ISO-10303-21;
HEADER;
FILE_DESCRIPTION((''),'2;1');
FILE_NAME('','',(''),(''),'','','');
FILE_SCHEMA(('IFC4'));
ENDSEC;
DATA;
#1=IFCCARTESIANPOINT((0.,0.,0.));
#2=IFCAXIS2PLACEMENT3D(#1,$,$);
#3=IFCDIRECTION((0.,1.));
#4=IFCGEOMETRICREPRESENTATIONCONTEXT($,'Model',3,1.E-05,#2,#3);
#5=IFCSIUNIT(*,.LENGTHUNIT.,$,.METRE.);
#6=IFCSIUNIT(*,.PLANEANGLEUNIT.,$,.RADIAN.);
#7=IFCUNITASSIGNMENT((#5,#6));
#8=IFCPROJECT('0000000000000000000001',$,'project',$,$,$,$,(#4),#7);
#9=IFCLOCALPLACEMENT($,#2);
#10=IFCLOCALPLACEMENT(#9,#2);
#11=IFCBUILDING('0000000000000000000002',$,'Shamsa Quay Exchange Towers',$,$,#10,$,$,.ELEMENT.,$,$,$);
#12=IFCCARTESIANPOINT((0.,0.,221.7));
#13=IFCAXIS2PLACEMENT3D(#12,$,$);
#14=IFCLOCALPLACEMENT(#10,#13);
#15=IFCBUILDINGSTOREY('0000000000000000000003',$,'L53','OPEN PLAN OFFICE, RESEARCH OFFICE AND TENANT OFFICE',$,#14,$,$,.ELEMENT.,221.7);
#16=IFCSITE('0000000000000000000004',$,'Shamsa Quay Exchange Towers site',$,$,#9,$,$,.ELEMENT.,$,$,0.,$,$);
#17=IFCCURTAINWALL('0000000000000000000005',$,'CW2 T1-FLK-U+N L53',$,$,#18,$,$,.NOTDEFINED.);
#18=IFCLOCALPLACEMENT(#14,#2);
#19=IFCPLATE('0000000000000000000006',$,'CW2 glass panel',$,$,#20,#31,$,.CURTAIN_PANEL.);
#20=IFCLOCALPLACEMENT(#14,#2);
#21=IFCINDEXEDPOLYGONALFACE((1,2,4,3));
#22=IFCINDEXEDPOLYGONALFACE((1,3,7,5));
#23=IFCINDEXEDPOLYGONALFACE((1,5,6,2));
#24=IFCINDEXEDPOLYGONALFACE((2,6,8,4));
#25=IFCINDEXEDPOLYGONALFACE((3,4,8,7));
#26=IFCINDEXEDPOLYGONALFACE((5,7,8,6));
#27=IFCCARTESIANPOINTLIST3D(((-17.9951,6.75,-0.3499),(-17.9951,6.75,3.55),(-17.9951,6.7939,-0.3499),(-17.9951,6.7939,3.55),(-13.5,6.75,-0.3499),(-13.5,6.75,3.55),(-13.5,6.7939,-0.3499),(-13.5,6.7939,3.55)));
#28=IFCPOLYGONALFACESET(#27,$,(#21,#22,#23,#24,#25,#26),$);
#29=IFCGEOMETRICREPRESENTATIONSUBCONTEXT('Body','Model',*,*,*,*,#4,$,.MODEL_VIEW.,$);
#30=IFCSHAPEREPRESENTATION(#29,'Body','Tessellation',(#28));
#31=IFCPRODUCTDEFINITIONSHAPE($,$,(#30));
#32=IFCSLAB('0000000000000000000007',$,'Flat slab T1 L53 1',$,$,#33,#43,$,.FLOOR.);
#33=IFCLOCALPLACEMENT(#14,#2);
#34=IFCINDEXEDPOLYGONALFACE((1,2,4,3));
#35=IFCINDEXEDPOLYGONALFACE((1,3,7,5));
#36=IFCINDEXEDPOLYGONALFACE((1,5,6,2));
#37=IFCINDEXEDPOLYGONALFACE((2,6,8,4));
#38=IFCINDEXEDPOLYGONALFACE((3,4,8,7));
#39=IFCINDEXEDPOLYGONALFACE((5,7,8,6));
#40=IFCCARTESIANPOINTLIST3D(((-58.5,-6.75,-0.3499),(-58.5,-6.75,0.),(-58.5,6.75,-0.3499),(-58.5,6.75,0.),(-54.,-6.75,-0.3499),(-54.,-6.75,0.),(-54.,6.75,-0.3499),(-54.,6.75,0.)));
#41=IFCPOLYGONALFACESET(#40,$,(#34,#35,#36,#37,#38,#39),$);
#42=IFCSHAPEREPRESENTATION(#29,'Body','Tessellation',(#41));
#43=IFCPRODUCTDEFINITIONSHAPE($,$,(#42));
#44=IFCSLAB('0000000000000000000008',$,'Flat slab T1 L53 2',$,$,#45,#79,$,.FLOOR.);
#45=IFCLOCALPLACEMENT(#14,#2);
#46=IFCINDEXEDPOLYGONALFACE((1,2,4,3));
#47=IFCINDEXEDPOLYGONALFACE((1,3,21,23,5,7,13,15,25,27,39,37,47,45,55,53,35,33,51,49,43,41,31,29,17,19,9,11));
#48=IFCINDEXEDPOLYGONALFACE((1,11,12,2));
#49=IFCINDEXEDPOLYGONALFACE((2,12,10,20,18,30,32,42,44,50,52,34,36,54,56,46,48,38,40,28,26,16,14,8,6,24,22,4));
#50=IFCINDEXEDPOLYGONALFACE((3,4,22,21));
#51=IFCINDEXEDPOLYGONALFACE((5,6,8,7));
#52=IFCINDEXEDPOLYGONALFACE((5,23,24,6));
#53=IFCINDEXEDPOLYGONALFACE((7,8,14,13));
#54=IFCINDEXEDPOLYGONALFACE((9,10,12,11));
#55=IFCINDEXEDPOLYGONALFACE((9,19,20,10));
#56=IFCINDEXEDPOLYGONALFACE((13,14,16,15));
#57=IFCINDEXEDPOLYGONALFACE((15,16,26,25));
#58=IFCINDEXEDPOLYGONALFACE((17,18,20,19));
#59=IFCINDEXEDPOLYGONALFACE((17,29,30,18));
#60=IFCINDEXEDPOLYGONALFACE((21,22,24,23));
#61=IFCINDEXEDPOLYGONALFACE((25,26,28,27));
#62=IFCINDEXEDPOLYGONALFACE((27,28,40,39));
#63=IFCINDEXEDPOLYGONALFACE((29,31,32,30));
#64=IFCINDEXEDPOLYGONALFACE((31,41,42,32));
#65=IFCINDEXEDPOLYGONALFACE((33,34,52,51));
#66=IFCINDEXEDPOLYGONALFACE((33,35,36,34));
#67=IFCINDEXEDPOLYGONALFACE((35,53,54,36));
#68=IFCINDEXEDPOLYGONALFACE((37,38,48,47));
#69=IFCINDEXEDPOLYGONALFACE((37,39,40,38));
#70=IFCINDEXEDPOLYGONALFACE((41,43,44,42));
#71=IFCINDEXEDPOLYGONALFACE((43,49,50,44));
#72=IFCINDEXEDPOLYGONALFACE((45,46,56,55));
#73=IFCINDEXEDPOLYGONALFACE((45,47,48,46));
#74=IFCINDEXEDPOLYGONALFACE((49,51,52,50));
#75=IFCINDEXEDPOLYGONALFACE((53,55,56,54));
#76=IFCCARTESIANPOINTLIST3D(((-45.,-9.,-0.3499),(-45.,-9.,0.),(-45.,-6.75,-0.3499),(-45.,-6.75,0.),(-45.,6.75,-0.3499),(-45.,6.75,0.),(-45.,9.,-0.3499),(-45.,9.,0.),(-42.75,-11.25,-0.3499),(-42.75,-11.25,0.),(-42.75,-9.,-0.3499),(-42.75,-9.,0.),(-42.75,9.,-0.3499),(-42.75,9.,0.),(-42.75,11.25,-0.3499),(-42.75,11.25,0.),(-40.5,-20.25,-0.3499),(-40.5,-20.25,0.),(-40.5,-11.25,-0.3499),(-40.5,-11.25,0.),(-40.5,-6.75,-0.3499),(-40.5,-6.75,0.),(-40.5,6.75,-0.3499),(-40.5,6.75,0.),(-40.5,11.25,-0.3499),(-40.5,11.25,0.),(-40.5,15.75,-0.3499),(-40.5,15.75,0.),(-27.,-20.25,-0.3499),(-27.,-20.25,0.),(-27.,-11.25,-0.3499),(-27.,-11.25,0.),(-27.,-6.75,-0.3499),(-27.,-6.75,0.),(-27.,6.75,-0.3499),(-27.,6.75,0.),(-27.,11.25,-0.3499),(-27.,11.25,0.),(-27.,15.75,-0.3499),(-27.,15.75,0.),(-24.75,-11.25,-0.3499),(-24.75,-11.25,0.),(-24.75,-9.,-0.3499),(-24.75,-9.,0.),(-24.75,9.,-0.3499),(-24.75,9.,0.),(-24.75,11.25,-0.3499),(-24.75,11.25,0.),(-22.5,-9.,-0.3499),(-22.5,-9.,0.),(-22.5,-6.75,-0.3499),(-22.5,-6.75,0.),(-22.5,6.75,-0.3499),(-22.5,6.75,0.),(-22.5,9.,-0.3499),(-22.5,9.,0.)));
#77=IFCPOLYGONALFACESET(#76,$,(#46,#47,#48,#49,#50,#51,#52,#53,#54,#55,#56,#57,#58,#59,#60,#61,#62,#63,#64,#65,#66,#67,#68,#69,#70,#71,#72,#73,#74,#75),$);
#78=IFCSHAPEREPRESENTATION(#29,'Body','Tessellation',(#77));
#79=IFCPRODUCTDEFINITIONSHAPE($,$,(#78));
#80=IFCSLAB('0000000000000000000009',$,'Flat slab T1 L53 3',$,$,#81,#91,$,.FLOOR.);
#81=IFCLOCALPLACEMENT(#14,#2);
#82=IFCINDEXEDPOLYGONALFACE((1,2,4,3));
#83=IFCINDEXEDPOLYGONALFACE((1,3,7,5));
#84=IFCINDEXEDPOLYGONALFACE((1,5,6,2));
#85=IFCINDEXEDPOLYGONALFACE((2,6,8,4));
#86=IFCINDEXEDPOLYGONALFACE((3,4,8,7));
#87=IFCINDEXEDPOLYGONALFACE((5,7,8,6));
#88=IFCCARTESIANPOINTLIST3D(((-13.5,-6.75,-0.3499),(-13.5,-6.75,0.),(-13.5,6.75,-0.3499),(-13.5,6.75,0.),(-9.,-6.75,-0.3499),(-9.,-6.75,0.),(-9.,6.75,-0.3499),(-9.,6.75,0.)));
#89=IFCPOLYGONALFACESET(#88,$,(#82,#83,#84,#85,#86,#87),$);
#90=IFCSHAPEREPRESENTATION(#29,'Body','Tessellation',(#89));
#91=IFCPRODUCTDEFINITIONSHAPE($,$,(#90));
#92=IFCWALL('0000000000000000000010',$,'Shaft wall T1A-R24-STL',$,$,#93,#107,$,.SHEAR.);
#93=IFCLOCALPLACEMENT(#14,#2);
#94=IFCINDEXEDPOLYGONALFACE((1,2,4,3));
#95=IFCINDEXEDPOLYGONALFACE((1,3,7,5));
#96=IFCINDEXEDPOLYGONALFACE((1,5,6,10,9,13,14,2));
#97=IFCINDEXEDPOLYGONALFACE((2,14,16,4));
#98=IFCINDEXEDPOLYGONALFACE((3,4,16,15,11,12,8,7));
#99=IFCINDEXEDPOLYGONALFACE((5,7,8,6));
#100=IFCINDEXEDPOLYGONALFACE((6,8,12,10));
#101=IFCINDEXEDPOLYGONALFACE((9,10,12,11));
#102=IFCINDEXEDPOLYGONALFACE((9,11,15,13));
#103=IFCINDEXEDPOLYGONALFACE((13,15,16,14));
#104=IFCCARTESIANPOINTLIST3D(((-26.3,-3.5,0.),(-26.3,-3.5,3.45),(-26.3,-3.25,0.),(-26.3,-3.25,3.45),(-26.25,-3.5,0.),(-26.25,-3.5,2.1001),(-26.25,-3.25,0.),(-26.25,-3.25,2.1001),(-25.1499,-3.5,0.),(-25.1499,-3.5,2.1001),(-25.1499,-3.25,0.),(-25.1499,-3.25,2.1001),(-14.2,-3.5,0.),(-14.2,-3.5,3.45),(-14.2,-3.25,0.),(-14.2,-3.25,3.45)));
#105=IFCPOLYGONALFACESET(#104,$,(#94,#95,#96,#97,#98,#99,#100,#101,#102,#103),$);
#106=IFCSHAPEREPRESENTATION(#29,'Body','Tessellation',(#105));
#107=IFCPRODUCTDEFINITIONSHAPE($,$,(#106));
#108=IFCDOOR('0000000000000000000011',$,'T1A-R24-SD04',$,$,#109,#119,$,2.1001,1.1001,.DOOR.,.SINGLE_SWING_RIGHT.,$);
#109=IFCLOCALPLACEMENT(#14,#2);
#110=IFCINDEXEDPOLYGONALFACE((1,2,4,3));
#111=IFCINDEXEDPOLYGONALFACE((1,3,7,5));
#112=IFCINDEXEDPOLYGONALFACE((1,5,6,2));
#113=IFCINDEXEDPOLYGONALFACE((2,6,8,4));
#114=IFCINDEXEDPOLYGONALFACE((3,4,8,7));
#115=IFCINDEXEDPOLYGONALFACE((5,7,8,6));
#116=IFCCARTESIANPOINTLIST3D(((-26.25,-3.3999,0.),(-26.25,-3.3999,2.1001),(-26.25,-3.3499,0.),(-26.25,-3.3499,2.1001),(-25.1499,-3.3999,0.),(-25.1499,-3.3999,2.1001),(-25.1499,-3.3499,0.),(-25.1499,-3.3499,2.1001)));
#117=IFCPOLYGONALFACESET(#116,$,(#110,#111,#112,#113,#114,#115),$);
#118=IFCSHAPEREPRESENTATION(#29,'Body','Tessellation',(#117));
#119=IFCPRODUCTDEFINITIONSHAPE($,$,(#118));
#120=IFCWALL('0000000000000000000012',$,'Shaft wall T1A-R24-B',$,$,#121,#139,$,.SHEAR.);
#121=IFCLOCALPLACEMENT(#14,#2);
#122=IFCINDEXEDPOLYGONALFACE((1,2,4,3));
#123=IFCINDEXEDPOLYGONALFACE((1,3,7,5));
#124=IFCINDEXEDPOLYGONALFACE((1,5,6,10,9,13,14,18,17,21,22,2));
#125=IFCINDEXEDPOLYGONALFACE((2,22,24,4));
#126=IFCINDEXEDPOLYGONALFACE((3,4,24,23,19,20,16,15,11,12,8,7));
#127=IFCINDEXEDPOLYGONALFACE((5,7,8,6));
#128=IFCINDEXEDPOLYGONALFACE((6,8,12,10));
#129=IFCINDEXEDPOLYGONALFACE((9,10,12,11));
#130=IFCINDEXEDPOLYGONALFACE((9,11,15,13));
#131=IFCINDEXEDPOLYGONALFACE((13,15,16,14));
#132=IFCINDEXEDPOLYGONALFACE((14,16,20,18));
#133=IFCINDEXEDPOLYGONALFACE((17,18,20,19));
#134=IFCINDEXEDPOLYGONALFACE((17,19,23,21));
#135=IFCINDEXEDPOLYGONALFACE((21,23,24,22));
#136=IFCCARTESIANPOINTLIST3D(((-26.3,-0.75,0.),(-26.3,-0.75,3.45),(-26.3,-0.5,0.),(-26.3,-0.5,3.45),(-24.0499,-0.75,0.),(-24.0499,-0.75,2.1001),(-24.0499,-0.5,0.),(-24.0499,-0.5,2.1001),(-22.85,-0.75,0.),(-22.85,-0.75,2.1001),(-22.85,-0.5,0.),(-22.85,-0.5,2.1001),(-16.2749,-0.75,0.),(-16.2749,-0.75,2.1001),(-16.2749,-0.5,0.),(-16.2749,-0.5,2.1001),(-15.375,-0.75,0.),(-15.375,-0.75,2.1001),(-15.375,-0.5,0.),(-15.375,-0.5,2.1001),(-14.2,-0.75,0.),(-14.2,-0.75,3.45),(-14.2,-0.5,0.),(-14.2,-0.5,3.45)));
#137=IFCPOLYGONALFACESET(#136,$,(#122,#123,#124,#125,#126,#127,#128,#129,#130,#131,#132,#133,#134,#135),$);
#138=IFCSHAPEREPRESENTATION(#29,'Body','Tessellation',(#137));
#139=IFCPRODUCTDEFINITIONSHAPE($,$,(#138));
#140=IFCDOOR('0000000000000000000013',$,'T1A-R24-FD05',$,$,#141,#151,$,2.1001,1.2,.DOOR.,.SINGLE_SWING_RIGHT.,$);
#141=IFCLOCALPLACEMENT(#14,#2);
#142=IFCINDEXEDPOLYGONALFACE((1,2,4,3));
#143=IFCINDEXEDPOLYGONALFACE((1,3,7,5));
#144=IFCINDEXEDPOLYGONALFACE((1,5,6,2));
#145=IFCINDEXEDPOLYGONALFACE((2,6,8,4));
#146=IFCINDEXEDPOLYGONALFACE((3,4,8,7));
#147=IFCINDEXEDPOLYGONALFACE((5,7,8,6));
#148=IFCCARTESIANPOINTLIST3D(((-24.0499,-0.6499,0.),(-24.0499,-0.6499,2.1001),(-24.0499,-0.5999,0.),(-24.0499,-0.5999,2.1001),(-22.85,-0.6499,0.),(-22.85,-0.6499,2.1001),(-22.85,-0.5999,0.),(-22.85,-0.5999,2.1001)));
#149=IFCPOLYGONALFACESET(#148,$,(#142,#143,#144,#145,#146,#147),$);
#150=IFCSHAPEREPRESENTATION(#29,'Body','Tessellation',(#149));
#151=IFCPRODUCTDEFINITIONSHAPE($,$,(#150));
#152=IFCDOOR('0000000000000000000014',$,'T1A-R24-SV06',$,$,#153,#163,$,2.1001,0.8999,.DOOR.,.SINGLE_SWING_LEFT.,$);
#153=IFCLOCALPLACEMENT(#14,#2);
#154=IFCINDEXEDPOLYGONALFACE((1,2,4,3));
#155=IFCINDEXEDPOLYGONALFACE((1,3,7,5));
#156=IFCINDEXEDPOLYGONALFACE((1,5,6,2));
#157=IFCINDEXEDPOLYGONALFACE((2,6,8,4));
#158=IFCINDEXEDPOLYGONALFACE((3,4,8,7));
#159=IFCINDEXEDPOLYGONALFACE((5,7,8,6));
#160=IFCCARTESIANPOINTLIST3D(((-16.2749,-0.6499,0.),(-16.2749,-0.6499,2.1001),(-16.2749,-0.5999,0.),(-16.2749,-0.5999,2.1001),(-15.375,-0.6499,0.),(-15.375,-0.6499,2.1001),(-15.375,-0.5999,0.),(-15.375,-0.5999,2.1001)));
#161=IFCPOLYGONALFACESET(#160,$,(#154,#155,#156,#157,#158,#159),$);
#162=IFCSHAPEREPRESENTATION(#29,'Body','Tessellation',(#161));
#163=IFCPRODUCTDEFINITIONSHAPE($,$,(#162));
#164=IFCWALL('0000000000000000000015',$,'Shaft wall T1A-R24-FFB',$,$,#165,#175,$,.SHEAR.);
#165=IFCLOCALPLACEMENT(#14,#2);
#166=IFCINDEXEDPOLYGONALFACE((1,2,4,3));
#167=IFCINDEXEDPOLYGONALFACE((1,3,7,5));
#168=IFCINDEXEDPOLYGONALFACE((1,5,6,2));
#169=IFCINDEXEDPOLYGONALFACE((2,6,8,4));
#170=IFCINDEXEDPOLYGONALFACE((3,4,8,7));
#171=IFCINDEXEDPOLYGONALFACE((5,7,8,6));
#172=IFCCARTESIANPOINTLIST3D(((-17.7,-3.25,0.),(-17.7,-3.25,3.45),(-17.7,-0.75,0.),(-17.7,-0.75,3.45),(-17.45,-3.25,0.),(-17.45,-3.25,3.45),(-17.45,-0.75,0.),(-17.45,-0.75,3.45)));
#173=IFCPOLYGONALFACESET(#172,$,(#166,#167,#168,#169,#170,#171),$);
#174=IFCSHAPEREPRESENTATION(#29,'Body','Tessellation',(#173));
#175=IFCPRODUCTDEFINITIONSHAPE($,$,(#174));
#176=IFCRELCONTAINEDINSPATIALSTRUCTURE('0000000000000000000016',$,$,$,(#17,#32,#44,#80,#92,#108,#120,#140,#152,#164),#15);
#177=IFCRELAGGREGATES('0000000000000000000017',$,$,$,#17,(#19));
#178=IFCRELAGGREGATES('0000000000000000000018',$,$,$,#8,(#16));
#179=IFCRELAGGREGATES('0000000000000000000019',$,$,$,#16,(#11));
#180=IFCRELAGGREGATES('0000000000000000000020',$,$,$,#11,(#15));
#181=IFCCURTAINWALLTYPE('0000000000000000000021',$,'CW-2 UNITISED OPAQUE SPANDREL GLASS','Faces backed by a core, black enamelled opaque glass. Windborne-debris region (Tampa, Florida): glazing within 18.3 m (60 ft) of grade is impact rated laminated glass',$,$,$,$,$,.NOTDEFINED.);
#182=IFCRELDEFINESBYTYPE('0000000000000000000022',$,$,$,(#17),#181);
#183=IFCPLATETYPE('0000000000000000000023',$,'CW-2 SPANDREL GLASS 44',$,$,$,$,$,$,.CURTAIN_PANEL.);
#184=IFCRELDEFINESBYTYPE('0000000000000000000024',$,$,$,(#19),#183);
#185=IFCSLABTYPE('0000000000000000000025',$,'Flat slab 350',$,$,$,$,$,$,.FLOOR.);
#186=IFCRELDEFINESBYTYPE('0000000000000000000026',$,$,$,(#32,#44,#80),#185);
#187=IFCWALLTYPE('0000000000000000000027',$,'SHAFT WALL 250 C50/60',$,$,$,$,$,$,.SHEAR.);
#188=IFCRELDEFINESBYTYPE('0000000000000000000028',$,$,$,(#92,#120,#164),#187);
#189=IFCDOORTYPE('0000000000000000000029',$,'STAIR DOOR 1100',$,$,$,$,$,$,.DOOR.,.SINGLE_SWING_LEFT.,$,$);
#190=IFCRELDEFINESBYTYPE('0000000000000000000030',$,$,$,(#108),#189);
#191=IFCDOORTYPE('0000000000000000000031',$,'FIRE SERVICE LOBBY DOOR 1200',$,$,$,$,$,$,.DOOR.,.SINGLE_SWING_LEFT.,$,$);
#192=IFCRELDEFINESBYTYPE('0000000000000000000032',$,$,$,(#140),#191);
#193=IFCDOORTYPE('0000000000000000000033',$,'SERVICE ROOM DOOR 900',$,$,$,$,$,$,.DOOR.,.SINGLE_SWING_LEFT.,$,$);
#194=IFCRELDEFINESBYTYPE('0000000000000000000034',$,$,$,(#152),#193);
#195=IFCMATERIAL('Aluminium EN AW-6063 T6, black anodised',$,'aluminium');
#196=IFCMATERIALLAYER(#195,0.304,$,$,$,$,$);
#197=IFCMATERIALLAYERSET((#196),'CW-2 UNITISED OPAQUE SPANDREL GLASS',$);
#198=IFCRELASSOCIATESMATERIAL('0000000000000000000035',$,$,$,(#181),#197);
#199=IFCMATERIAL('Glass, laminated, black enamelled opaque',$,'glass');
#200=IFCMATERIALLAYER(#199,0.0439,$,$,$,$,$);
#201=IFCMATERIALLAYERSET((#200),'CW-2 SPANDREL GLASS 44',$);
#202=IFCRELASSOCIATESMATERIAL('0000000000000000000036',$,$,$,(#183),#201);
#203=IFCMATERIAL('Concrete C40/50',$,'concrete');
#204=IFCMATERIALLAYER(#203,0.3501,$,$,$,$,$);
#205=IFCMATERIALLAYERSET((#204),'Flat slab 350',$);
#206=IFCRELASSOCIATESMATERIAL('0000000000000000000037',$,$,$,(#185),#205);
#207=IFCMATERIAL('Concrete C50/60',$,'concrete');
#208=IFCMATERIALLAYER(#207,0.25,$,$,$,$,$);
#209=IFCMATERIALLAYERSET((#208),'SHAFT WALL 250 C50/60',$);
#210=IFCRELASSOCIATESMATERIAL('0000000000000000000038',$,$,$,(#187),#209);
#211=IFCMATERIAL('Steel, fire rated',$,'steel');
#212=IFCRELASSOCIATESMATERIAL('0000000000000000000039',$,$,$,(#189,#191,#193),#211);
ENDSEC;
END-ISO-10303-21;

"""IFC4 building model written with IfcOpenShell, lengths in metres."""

from ifc_helpers import new_model, si_unit, direction, frame, frame_2d, origin, origin_2d, place, context, subcontext, project, spatial, polyline, rectangle, outline, extrude, material, layer, layer_set, type_object, element, fill, aggregate, save


model = new_model("IFC4")

# Units and contexts
model_context = context("Model", 3, precision=1e-05, world=origin(), true_north=direction((0.0, 1.0)))
body_context = subcontext(model_context, "Body", "Model", "MODEL_VIEW")
ifc_project = project(units=[si_unit("LENGTHUNIT", "METRE"), si_unit("PLANEANGLEUNIT", "RADIAN")], contexts=[model_context])

# Site, building, storey
site_placement = place(None, origin())
site = spatial("IfcSite", under=ifc_project, at=site_placement, Name="Shamsa Quay Exchange Towers site", CompositionType="ELEMENT", RefElevation=0.0)
building_placement = place(site_placement, origin())
building = spatial("IfcBuilding", under=site, at=building_placement, Name="Shamsa Quay Exchange Towers", CompositionType="ELEMENT")
storey_placement = place(building_placement, frame((0.0, 0.0, 221.7)))
storey = spatial("IfcBuildingStorey", under=building, at=storey_placement, Name="L53", Description="OPEN PLAN OFFICE, RESEARCH OFFICE AND TENANT OFFICE", CompositionType="ELEMENT", Elevation=221.7)

# Shared definitions
ifc_material_1 = material(Name="Aluminium EN AW-6063 T6, black anodised", Category="aluminium")

# Curtain wall, plate
ifc_layer_1 = layer(ifc_material_1, 0.304)
ifc_layer_set_1 = layer_set([ifc_layer_1], Name="CW-2 UNITISED OPAQUE SPANDREL GLASS")
curtain_wall_type_1 = type_object("IfcCurtainWallType", Name="CW-2 UNITISED OPAQUE SPANDREL GLASS", Description="Faces backed by a core, black enamelled opaque glass. Windborne-debris region (Tampa, Florida): glazing within 18.3 m (60 ft) of grade is impact rated laminated glass", PredefinedType="NOTDEFINED", material=ifc_layer_set_1)
ifc_material_2 = material(Name="Glass, laminated, black enamelled opaque", Category="glass")
ifc_layer_2 = layer(ifc_material_2, 0.0439)
ifc_layer_set_2 = layer_set([ifc_layer_2], Name="CW-2 SPANDREL GLASS 44")
plate_type_1 = type_object("IfcPlateType", Name="CW-2 SPANDREL GLASS 44", PredefinedType="CURTAIN_PANEL", material=ifc_layer_set_2)
curtain_wall_1_placement = place(storey_placement, origin())
curtain_wall_1 = element("IfcCurtainWall", 1, at=curtain_wall_1_placement, inside=storey, type_object=curtain_wall_type_1, Name="CW2 T1-FLK-U+N L53", PredefinedType="NOTDEFINED")
plate_1_placement = place(storey_placement, frame((-15.7476, 6.772, -0.3499), z_axis=(0.0, 0.0, 1.0), x_axis=(-1.0, 0.0, 0.0)))
plate_1 = element("IfcPlate", 2, at=plate_1_placement, type_object=plate_type_1, Name="CW2 glass panel", PredefinedType="CURTAIN_PANEL", context=body_context, shape_type="SweptSolid", body=[
    extrude(rectangle(XDim=4.4951, YDim=0.0439, at=origin_2d()), origin(), (0.0, 0.0, 1.0), 3.8999),
])
aggregate(curtain_wall_1, [plate_1])

# Slabs
ifc_material_3 = material(Name="Concrete C40/50", Category="concrete")
ifc_layer_3 = layer(ifc_material_3, 0.3501)
ifc_layer_set_3 = layer_set([ifc_layer_3], Name="Flat slab 350")
slab_type = type_object("IfcSlabType", Name="Flat slab 350", PredefinedType="FLOOR", material=ifc_layer_set_3)
slab_1_placement = place(storey_placement, frame((0.0, 0.0, -0.3499)))
element("IfcSlab", 3, at=slab_1_placement, inside=storey, type_object=slab_type, Name="Flat slab T1 L53 1", PredefinedType="FLOOR", context=body_context, shape_type="SweptSolid", body=[
    extrude(outline(polyline([(-58.5, -6.75), (-54.0, -6.75), (-54.0, 6.75), (-58.5, 6.75), (-58.5, -6.75)])), origin(), (0.0, 0.0, 1.0), 0.3499),
])
slab_2_placement = place(storey_placement, frame((0.0, 0.0, -0.3499)))
element("IfcSlab", 4, at=slab_2_placement, inside=storey, type_object=slab_type, Name="Flat slab T1 L53 2", PredefinedType="FLOOR", context=body_context, shape_type="SweptSolid", body=[
    extrude(outline(polyline([(-22.5, -9.0), (-22.5, -6.75), (-27.0, -6.75), (-27.0, 6.75), (-22.5, 6.75), (-22.5, 9.0), (-24.75, 9.0), (-24.75, 11.25), (-27.0, 11.25), (-27.0, 15.75), (-40.5, 15.75), (-40.5, 11.25), (-42.75, 11.25), (-42.75, 9.0), (-45.0, 9.0), (-45.0, 6.75), (-40.5, 6.75), (-40.5, -6.75), (-45.0, -6.75), (-45.0, -9.0), (-42.75, -9.0), (-42.75, -11.25), (-40.5, -11.25), (-40.5, -20.25), (-27.0, -20.25), (-27.0, -11.25), (-24.75, -11.25), (-24.75, -9.0), (-22.5, -9.0)])), origin(), (0.0, 0.0, 1.0), 0.3499),
])
slab_3_placement = place(storey_placement, frame((0.0, 0.0, -0.3499)))
element("IfcSlab", 5, at=slab_3_placement, inside=storey, type_object=slab_type, Name="Flat slab T1 L53 3", PredefinedType="FLOOR", context=body_context, shape_type="SweptSolid", body=[
    extrude(outline(polyline([(-9.0, 6.75), (-13.5, 6.75), (-13.5, -6.75), (-9.0, -6.75), (-9.0, 6.75)])), origin(), (0.0, 0.0, 1.0), 0.3499),
])

# Shared definitions
ifc_material_4 = material(Name="Steel, fire rated", Category="steel")

# Wall, opening, door
ifc_material_5 = material(Name="Concrete C50/60", Category="concrete")
ifc_layer_4 = layer(ifc_material_5, 0.25)
ifc_layer_set_4 = layer_set([ifc_layer_4], Name="SHAFT WALL 250 C50/60")
wall_type_1 = type_object("IfcWallType", Name="SHAFT WALL 250 C50/60", PredefinedType="SHEAR", material=ifc_layer_set_4)
wall_1_placement = place(storey_placement, frame((-14.2, -3.375, 0.0), z_axis=(0.0, 0.0, 1.0), x_axis=(-1.0, 0.0, 0.0)))
wall_1 = element("IfcWall", 6, at=wall_1_placement, inside=storey, type_object=wall_type_1, Name="Shaft wall T1A-R24-STL", PredefinedType="SHEAR", context=body_context, shape_type="SweptSolid", body=[
    extrude(rectangle(XDim=12.1001, YDim=0.25, at=frame_2d((6.05, 0.0))), origin(), (0.0, 0.0, 1.0), 3.45),
])
opening_1_placement = place(wall_1_placement, frame((10.95, 0.0, 0.0)))
opening_1 = element("IfcOpeningElement", 7, at=opening_1_placement, cuts=wall_1, PredefinedType="OPENING", context=body_context, shape_type="SweptSolid", body=[
    extrude(rectangle(XDim=1.1001, YDim=2.1001, at=frame_2d((0.55, 1.05))), frame((0.0, 0.135, 0.0), z_axis=(0.0, -1.0, 0.0), x_axis=(1.0, 0.0, 0.0)), (0.0, 0.0, 1.0), 0.27),
])
door_type_1 = type_object("IfcDoorType", Name="STAIR DOOR 1100", OperationType="SINGLE_SWING_LEFT", PredefinedType="DOOR", material=ifc_material_4)
door_1_placement = place(opening_1_placement, origin())
door_1 = element("IfcDoor", 8, at=door_1_placement, inside=storey, type_object=door_type_1, Name="T1A-R24-SD04", OperationType="SINGLE_SWING_RIGHT", OverallHeight=2.1001, OverallWidth=1.1001, PredefinedType="DOOR", context=body_context, shape_type="SweptSolid", body=[
    extrude(rectangle(XDim=1.1001, YDim=2.1001, at=frame_2d((0.55, 1.05))), frame((0.0, 0.0249, 0.0), z_axis=(0.0, -1.0, 0.0), x_axis=(1.0, 0.0, 0.0)), (0.0, 0.0, 1.0), 0.05),
])
fill(opening_1, door_1)

# Wall, openings, doors
wall_2_placement = place(storey_placement, frame((-14.2, -0.625, 0.0), z_axis=(0.0, 0.0, 1.0), x_axis=(-1.0, 0.0, 0.0)))
wall_2 = element("IfcWall", 9, at=wall_2_placement, inside=storey, type_object=wall_type_1, Name="Shaft wall T1A-R24-B", PredefinedType="SHEAR", context=body_context, shape_type="SweptSolid", body=[
    extrude(rectangle(XDim=12.1001, YDim=0.25, at=frame_2d((6.05, 0.0))), origin(), (0.0, 0.0, 1.0), 3.45),
])
opening_2_placement = place(wall_2_placement, frame((8.6499, 0.0, 0.0)))
opening_2 = element("IfcOpeningElement", 10, at=opening_2_placement, cuts=wall_2, PredefinedType="OPENING", context=body_context, shape_type="SweptSolid", body=[
    extrude(rectangle(XDim=1.2, YDim=2.1001, at=frame_2d((0.6001, 1.05))), frame((0.0, 0.135, 0.0), z_axis=(0.0, -1.0, 0.0), x_axis=(1.0, 0.0, 0.0)), (0.0, 0.0, 1.0), 0.27),
])
opening_3_placement = place(wall_2_placement, frame((1.175, 0.0, 0.0)))
opening_3 = element("IfcOpeningElement", 11, at=opening_3_placement, cuts=wall_2, PredefinedType="OPENING", context=body_context, shape_type="SweptSolid", body=[
    extrude(rectangle(XDim=0.8999, YDim=2.1001, at=frame_2d((0.45, 1.05))), frame((0.0, 0.135, 0.0), z_axis=(0.0, -1.0, 0.0), x_axis=(1.0, 0.0, 0.0)), (0.0, 0.0, 1.0), 0.27),
])
door_type_2 = type_object("IfcDoorType", Name="FIRE SERVICE LOBBY DOOR 1200", OperationType="SINGLE_SWING_LEFT", PredefinedType="DOOR", material=ifc_material_4)
door_2_placement = place(opening_2_placement, origin())
door_2 = element("IfcDoor", 12, at=door_2_placement, inside=storey, type_object=door_type_2, Name="T1A-R24-FD05", OperationType="SINGLE_SWING_RIGHT", OverallHeight=2.1001, OverallWidth=1.2, PredefinedType="DOOR", context=body_context, shape_type="SweptSolid", body=[
    extrude(rectangle(XDim=1.2, YDim=2.1001, at=frame_2d((0.6001, 1.05))), frame((0.0, 0.0249, 0.0), z_axis=(0.0, -1.0, 0.0), x_axis=(1.0, 0.0, 0.0)), (0.0, 0.0, 1.0), 0.05),
])
fill(opening_2, door_2)
door_type_3 = type_object("IfcDoorType", Name="SERVICE ROOM DOOR 900", OperationType="SINGLE_SWING_LEFT", PredefinedType="DOOR", material=ifc_material_4)
door_3_placement = place(opening_3_placement, origin())
door_3 = element("IfcDoor", 13, at=door_3_placement, inside=storey, type_object=door_type_3, Name="T1A-R24-SV06", OperationType="SINGLE_SWING_LEFT", OverallHeight=2.1001, OverallWidth=0.8999, PredefinedType="DOOR", context=body_context, shape_type="SweptSolid", body=[
    extrude(rectangle(XDim=0.8999, YDim=2.1001, at=frame_2d((0.45, 1.05))), frame((0.0, 0.0249, 0.0), z_axis=(0.0, -1.0, 0.0), x_axis=(1.0, 0.0, 0.0)), (0.0, 0.0, 1.0), 0.05),
])
fill(opening_3, door_3)

# Wall
wall_3_placement = place(storey_placement, frame((-17.575, -3.25, 0.0), z_axis=(0.0, 0.0, 1.0), x_axis=(0.0, 1.0, 0.0)))
element("IfcWall", 14, at=wall_3_placement, inside=storey, type_object=wall_type_1, Name="Shaft wall T1A-R24-FFB", PredefinedType="SHEAR", context=body_context, shape_type="SweptSolid", body=[
    extrude(rectangle(XDim=2.5, YDim=0.25, at=frame_2d((1.25, 0.0))), origin(), (0.0, 0.0, 1.0), 3.45),
])

save(model, "model.ifc")
